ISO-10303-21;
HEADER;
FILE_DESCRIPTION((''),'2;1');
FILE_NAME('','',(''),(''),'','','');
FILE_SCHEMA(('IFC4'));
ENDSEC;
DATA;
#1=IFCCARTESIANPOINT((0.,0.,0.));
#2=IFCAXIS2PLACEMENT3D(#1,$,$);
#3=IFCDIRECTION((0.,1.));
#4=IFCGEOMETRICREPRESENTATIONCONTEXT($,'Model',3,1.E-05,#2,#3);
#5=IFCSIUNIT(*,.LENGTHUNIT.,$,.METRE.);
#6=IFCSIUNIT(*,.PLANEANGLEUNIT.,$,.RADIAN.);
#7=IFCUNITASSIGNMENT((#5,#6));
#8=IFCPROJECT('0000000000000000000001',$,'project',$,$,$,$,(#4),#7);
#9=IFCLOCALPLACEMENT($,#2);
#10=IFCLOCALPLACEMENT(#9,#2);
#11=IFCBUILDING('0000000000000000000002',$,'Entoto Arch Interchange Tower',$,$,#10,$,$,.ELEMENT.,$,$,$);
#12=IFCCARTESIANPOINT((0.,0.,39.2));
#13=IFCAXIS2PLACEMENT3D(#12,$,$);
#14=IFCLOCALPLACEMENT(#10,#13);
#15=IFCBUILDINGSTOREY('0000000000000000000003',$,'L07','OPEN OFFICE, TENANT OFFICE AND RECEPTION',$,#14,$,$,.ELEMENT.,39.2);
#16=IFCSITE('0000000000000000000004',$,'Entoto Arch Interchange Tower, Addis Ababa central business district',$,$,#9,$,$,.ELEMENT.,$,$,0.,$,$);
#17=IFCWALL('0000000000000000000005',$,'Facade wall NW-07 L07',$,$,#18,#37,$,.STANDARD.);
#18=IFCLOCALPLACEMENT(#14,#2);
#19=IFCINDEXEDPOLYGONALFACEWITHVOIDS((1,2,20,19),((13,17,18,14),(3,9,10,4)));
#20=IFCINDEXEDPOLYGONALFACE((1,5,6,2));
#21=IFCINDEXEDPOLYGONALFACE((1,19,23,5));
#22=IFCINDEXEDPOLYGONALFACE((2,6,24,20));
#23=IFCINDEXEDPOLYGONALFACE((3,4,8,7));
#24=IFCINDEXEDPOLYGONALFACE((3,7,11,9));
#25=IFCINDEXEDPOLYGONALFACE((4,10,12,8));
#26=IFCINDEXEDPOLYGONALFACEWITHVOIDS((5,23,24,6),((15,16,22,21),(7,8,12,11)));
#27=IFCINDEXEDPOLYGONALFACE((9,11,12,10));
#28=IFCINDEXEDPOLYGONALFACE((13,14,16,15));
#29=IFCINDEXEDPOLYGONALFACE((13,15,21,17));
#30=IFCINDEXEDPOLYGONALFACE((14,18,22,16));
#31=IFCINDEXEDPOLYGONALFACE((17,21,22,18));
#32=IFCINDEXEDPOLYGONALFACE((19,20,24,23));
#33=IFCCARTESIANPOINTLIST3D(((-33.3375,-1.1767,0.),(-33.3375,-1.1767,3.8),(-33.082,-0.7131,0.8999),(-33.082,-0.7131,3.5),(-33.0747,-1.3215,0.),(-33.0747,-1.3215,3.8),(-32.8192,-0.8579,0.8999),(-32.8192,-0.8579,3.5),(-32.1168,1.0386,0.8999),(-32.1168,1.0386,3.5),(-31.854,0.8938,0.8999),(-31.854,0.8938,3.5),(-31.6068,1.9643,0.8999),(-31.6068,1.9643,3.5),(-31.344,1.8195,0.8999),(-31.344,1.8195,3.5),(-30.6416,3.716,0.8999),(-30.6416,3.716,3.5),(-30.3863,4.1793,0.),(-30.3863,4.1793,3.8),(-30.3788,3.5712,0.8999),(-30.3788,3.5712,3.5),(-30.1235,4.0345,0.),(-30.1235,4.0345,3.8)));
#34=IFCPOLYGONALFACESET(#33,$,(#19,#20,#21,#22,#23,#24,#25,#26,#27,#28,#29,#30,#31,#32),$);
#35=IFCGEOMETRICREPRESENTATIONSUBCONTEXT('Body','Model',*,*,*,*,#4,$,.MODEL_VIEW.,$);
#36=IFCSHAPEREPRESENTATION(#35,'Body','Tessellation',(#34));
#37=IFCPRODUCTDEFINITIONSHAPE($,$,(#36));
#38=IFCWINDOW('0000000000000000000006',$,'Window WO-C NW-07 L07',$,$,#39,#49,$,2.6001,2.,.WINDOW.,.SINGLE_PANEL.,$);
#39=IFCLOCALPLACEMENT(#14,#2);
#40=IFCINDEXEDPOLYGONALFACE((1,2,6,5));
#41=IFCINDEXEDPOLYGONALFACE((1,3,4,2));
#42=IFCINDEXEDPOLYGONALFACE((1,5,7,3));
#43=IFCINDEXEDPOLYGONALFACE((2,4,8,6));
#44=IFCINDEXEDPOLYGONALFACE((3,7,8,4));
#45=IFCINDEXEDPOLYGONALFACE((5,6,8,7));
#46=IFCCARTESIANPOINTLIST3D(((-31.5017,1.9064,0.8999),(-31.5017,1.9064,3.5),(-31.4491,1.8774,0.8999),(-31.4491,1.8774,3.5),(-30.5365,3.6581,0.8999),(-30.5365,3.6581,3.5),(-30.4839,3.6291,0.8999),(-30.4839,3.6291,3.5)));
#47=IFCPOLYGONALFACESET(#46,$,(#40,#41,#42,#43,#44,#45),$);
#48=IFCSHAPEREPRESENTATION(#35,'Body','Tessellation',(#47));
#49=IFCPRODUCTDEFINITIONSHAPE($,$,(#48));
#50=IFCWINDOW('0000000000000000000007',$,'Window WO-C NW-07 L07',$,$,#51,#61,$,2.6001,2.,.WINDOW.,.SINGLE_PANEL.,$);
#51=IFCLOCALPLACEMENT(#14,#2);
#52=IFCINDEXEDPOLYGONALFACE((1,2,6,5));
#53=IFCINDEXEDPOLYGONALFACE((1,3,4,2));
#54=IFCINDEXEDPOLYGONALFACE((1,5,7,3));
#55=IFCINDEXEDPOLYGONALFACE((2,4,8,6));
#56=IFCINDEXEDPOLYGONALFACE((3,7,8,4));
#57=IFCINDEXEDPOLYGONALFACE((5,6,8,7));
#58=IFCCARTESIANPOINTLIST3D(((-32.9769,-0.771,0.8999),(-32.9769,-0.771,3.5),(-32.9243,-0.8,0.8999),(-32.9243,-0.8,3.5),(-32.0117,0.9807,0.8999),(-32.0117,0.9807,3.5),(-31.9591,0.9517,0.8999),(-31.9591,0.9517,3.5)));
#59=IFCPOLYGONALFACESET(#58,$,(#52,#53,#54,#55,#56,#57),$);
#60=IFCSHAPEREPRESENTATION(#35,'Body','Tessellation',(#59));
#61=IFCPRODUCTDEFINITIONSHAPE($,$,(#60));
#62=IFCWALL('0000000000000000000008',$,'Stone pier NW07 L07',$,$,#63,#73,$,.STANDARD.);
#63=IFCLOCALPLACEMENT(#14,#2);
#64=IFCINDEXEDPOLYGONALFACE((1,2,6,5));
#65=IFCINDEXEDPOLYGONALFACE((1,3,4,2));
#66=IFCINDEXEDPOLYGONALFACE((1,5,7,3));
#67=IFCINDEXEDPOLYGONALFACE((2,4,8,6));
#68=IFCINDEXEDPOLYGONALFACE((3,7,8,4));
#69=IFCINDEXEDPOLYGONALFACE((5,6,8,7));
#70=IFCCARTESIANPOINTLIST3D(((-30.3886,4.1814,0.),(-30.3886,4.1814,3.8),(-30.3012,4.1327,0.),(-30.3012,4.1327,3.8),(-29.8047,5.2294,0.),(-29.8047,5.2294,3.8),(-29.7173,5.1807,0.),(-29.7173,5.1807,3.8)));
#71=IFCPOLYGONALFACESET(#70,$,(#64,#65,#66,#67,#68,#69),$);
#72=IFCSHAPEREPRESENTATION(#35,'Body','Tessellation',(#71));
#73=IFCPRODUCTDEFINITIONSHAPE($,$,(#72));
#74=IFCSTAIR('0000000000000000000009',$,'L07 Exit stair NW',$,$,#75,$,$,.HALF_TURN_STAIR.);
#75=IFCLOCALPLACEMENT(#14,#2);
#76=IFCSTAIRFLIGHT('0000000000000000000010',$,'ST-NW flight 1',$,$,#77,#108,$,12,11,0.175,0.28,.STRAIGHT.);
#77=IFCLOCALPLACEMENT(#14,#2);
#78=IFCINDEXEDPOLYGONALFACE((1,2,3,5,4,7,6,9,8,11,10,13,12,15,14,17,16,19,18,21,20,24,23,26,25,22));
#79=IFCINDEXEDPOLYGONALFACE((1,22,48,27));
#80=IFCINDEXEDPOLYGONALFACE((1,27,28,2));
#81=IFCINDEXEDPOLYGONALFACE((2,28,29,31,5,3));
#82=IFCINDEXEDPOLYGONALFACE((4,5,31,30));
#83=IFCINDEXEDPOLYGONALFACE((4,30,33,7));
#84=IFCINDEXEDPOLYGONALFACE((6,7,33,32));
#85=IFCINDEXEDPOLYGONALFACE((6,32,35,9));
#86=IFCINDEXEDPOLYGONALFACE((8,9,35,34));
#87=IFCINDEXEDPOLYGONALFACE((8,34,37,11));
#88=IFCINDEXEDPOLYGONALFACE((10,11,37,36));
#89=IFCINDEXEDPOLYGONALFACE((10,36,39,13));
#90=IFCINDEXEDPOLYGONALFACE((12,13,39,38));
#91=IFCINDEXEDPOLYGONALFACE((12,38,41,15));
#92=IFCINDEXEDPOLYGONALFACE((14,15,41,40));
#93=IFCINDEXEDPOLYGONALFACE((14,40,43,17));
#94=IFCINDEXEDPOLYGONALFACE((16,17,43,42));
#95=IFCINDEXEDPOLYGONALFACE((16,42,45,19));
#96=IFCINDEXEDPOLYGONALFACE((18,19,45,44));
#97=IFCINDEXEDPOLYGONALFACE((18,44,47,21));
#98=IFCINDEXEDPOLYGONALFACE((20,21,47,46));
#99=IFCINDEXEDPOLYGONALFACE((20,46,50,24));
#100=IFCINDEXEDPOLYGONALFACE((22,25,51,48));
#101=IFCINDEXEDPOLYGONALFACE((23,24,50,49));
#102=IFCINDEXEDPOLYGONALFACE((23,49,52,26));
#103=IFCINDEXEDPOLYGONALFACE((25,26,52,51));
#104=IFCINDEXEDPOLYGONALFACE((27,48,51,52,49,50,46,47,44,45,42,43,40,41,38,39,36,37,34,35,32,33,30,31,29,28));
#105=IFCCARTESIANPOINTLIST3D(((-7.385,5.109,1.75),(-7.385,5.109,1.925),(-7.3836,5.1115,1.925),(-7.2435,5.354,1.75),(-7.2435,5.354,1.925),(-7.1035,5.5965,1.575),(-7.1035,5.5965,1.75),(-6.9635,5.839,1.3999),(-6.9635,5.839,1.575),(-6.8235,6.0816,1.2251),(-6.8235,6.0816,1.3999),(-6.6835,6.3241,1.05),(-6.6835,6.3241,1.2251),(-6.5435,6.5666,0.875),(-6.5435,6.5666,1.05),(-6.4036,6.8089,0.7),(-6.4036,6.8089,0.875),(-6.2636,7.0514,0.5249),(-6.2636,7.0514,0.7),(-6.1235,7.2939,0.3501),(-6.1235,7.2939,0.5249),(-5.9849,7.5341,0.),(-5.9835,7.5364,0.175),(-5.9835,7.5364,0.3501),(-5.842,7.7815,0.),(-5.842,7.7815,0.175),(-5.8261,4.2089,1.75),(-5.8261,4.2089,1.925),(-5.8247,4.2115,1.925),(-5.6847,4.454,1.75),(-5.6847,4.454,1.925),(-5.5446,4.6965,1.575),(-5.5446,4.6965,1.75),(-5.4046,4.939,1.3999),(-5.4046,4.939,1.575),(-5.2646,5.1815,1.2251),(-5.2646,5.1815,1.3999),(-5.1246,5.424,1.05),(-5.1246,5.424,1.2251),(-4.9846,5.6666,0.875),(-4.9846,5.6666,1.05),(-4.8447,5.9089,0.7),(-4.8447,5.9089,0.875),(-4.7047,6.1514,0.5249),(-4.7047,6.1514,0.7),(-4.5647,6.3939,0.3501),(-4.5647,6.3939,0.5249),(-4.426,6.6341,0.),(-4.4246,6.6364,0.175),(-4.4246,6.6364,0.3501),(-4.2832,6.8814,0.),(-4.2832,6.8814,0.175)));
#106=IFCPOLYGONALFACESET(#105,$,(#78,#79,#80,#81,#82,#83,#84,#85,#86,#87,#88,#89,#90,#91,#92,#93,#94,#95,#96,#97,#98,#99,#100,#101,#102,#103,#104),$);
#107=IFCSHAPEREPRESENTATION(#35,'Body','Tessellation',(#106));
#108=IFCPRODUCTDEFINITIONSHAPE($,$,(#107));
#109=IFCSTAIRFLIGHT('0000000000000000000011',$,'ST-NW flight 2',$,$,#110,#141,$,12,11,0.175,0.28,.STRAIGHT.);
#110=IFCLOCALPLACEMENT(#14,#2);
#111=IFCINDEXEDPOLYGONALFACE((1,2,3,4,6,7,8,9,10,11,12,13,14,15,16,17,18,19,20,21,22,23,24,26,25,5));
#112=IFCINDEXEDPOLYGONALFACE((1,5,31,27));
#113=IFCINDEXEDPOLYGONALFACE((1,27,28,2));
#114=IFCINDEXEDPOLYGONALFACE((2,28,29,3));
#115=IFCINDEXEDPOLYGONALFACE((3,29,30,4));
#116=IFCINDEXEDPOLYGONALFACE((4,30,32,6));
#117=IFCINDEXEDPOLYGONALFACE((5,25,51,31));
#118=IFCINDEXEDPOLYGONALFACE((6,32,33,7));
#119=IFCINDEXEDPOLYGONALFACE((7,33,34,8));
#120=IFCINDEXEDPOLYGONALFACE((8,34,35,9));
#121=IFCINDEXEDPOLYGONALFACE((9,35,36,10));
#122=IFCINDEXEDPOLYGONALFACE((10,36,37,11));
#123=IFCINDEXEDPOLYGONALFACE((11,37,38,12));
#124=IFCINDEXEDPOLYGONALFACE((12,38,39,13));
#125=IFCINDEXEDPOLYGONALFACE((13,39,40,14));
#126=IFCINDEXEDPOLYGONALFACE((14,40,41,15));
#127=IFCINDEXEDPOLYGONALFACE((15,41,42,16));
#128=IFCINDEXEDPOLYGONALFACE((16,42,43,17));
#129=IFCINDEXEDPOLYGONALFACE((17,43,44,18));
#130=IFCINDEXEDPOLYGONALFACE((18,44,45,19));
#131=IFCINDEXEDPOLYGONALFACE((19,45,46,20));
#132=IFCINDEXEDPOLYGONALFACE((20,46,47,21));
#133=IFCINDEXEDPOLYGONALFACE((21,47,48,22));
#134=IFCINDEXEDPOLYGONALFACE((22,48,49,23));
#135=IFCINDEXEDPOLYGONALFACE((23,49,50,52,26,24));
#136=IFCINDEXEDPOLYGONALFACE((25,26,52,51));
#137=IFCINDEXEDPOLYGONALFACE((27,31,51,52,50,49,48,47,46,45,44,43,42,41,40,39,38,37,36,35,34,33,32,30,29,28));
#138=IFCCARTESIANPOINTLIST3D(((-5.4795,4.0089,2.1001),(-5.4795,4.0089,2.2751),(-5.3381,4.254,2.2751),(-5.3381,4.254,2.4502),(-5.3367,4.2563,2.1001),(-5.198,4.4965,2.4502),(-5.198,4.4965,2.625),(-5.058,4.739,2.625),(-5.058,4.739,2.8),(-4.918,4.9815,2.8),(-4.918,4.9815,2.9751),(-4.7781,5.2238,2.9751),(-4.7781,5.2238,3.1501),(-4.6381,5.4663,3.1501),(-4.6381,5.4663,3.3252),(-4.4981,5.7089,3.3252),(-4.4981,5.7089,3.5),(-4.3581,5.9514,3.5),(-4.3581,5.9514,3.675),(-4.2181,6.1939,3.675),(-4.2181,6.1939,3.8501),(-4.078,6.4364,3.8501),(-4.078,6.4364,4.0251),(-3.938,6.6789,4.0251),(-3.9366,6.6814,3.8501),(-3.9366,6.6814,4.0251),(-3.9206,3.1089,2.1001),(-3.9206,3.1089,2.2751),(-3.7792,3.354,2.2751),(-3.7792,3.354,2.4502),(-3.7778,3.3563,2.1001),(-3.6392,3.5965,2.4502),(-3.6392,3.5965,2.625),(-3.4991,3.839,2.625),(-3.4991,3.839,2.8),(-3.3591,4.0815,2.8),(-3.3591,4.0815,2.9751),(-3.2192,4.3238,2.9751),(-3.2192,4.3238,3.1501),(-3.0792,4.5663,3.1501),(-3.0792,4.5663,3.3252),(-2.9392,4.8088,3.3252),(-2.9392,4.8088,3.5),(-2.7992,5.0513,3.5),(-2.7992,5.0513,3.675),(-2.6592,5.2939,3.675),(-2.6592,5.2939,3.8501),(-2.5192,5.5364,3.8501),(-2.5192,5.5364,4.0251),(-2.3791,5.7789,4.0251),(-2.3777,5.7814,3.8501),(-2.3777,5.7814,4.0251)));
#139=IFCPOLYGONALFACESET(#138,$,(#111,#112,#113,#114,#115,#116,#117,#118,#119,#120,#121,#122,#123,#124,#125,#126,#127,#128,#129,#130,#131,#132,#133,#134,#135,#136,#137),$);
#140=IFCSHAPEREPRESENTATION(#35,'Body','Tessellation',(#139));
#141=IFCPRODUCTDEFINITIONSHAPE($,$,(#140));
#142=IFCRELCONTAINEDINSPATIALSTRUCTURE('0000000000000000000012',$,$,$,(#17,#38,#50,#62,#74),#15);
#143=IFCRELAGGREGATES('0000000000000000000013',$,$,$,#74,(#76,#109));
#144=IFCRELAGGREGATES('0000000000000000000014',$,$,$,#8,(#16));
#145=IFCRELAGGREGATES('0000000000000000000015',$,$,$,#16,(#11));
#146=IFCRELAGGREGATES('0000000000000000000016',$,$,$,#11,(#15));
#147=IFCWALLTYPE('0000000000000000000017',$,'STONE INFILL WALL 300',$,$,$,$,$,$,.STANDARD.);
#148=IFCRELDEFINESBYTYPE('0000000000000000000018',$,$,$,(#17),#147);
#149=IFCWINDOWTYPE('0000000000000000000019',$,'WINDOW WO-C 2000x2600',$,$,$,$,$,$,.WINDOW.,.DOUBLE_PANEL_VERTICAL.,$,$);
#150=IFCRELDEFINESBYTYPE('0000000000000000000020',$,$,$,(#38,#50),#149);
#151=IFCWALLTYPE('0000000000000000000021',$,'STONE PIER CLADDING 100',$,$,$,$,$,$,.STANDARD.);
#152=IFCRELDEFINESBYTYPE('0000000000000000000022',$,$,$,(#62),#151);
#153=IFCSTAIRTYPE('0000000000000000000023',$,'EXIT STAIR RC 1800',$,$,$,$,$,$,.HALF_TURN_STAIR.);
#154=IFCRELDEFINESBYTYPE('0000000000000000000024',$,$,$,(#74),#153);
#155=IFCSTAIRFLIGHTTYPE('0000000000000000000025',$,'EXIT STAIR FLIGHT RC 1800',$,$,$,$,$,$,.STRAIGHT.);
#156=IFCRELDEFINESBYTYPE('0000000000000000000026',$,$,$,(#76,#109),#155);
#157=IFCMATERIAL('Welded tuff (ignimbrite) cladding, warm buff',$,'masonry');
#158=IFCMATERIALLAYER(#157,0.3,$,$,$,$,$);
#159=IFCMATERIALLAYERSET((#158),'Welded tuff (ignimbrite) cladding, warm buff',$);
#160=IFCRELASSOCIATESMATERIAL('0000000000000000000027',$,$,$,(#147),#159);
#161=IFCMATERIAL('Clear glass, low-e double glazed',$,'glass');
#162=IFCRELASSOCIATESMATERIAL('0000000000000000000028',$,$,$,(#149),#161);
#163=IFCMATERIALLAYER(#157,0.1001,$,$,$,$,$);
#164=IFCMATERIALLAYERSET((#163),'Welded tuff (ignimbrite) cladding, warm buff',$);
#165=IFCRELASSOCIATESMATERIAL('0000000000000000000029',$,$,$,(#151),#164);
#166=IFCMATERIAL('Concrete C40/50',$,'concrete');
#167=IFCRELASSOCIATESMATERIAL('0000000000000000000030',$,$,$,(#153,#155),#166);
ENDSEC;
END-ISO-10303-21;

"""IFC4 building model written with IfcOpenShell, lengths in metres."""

from ifc_helpers import new_model, si_unit, direction, frame, frame_2d, origin, place, context, subcontext, project, spatial, polyline, rectangle, outline, extrude, material, layer, layer_set, type_object, element, fill, aggregate, save


model = new_model("IFC4")

# Units and contexts
model_context = context("Model", 3, precision=1e-05, world=origin(), true_north=direction((0.0, 1.0)))
body_context = subcontext(model_context, "Body", "Model", "MODEL_VIEW")
ifc_project = project(units=[si_unit("LENGTHUNIT", "METRE"), si_unit("PLANEANGLEUNIT", "RADIAN")], contexts=[model_context])

# Site, building, storey
site_placement = place(None, origin())
site = spatial("IfcSite", under=ifc_project, at=site_placement, Name="Entoto Arch Interchange Tower, Addis Ababa central business district", CompositionType="ELEMENT", RefElevation=0.0)
building_placement = place(site_placement, origin())
building = spatial("IfcBuilding", under=site, at=building_placement, Name="Entoto Arch Interchange Tower", CompositionType="ELEMENT")
storey_placement = place(building_placement, frame((0.0, 0.0, 39.2)))
storey = spatial("IfcBuildingStorey", under=building, at=storey_placement, Name="L07", Description="OPEN OFFICE, TENANT OFFICE AND RECEPTION", CompositionType="ELEMENT", Elevation=39.2)

# Shared definitions
ifc_material_1 = material(Name="Concrete C40/50", Category="concrete")

# Wall, openings, windows
ifc_material_2 = material(Name="Welded tuff (ignimbrite) cladding, warm buff", Category="masonry")
ifc_layer_1 = layer(ifc_material_2, 0.3)
ifc_layer_set_1 = layer_set([ifc_layer_1], Name="Welded tuff (ignimbrite) cladding, warm buff")
wall_type_1 = type_object("IfcWallType", Name="STONE INFILL WALL 300", PredefinedType="STANDARD", material=ifc_layer_set_1)
wall_1_placement = place(storey_placement, frame((-30.2549, 4.1069, 0.0), z_axis=(0.0, 0.0, 1.0), x_axis=(-0.482596, -0.875843, 0.0)))
wall_1 = element("IfcWall", 1, at=wall_1_placement, inside=storey, type_object=wall_type_1, Name="Facade wall NW-07 L07", PredefinedType="STANDARD", context=body_context, shape_type="SweptSolid", body=[
    extrude(rectangle(XDim=6.1152, YDim=0.3, at=frame_2d((3.0576, 0.0))), origin(), (0.0, 0.0, 1.0), 3.8),
])
opening_1_placement = place(wall_1_placement, frame((0.5291, 0.0, 0.8999)))
opening_1 = element("IfcOpeningElement", 2, at=opening_1_placement, cuts=wall_1, PredefinedType="OPENING", context=body_context, shape_type="SweptSolid", body=[
    extrude(rectangle(XDim=2.0, YDim=2.6001, at=frame_2d((1.0, 1.3))), frame((0.0, 0.1602, 0.0), z_axis=(0.0, -1.0, 0.0), x_axis=(1.0, 0.0, 0.0)), (0.0, 0.0, 1.0), 0.3201),
])
opening_2_placement = place(wall_1_placement, frame((3.5859, 0.0, 0.8999)))
opening_2 = element("IfcOpeningElement", 3, at=opening_2_placement, cuts=wall_1, PredefinedType="OPENING", context=body_context, shape_type="SweptSolid", body=[
    extrude(rectangle(XDim=2.0, YDim=2.6001, at=frame_2d((1.0, 1.3))), frame((0.0, 0.1602, 0.0), z_axis=(0.0, -1.0, 0.0), x_axis=(1.0, 0.0, 0.0)), (0.0, 0.0, 1.0), 0.3201),
])
ifc_material_3 = material(Name="Clear glass, low-e double glazed", Category="glass")
window_type = type_object("IfcWindowType", Name="WINDOW WO-C 2000x2600", PartitioningType="DOUBLE_PANEL_VERTICAL", PredefinedType="WINDOW", material=ifc_material_3)
window_1_placement = place(opening_1_placement, origin())
window_1 = element("IfcWindow", 4, at=window_1_placement, inside=storey, type_object=window_type, Name="Window WO-C NW-07 L07", OverallHeight=2.6001, OverallWidth=2.0, PartitioningType="SINGLE_PANEL", PredefinedType="WINDOW", context=body_context, shape_type="SweptSolid", body=[
    extrude(rectangle(XDim=2.0, YDim=2.6001, at=frame_2d((1.0, 1.3))), frame((0.0, 0.03, 0.0), z_axis=(0.0, -1.0, 0.0), x_axis=(1.0, 0.0, 0.0)), (0.0, 0.0, 1.0), 0.0601),
])
fill(opening_1, window_1)
window_2_placement = place(opening_2_placement, origin())
window_2 = element("IfcWindow", 5, at=window_2_placement, inside=storey, type_object=window_type, Name="Window WO-C NW-07 L07", OverallHeight=2.6001, OverallWidth=2.0, PartitioningType="SINGLE_PANEL", PredefinedType="WINDOW", context=body_context, shape_type="SweptSolid", body=[
    extrude(rectangle(XDim=2.0, YDim=2.6001, at=frame_2d((1.0, 1.3))), frame((0.0, 0.03, 0.0), z_axis=(0.0, -1.0, 0.0), x_axis=(1.0, 0.0, 0.0)), (0.0, 0.0, 1.0), 0.0601),
])
fill(opening_2, window_2)

# Wall
ifc_layer_2 = layer(ifc_material_2, 0.1001)
ifc_layer_set_2 = layer_set([ifc_layer_2], Name="Welded tuff (ignimbrite) cladding, warm buff")
wall_type_2 = type_object("IfcWallType", Name="STONE PIER CLADDING 100", PredefinedType="STANDARD", material=ifc_layer_set_2)
wall_2_placement = place(storey_placement, frame((-29.761, 5.2051, 0.0), z_axis=(0.0, 0.0, 1.0), x_axis=(-0.486731, -0.873552, 0.0)))
element("IfcWall", 6, at=wall_2_placement, inside=storey, type_object=wall_type_2, Name="Stone pier NW07 L07", PredefinedType="STANDARD", context=body_context, shape_type="SweptSolid", body=[
    extrude(rectangle(XDim=1.1997, YDim=0.1001, at=frame_2d((0.5999, 0.0))), origin(), (0.0, 0.0, 1.0), 3.8),
])

# Stair, stair flights
stair_type = type_object("IfcStairType", Name="EXIT STAIR RC 1800", PredefinedType="HALF_TURN_STAIR", material=ifc_material_1)
stair_placement = place(storey_placement, origin())
stair = element("IfcStair", 7, at=stair_placement, inside=storey, type_object=stair_type, Name="L07 Exit stair NW", PredefinedType="HALF_TURN_STAIR")
stair_flight_type = type_object("IfcStairFlightType", Name="EXIT STAIR FLIGHT RC 1800", PredefinedType="STRAIGHT", material=ifc_material_1)
stair_flight_1_placement = place(storey_placement, frame((-5.064, 7.3289, 0.0), z_axis=(0.0, 0.0, 1.0), x_axis=(-0.5, -0.866025, 0.0)))
stair_flight_1 = element("IfcStairFlight", 8, at=stair_flight_1_placement, type_object=stair_flight_type, Name="ST-NW flight 1", NumberOfRisers=12, NumberOfTreads=11, PredefinedType="STRAIGHT", RiserHeight=0.175, TreadLength=0.28, context=body_context, shape_type="SweptSolid", body=[
    extrude(outline(polyline([(-0.0029, 0.0), (-0.0029, 0.175), (0.28, 0.175), (0.28, 0.3501), (0.5601, 0.3501), (0.5601, 0.5249), (0.8401, 0.5249), (0.8401, 0.7), (1.1201, 0.7), (1.1201, 0.875), (1.3999, 0.875), (1.3999, 1.05), (1.6799, 1.05), (1.6799, 1.2251), (1.96, 1.2251), (1.96, 1.3999), (2.24, 1.3999), (2.24, 1.575), (2.52, 1.575), (2.52, 1.75), (2.8, 1.75), (2.8, 1.925), (3.0801, 1.925), (3.083, 1.925), (3.083, 1.75), (0.2827, 0.0), (-0.0029, 0.0)])), frame((0.0, 0.8999, 0.0), z_axis=(0.0, -1.0, 0.0), x_axis=(1.0, 0.0, 0.0)), (0.0, 0.0, 1.0), 1.8),
])
stair_flight_2_placement = place(storey_placement, frame((-4.6987, 3.5615, 2.1001), z_axis=(0.0, 0.0, 1.0), x_axis=(0.5, 0.866025, 0.0)))
stair_flight_2 = element("IfcStairFlight", 9, at=stair_flight_2_placement, type_object=stair_flight_type, Name="ST-NW flight 2", NumberOfRisers=12, NumberOfTreads=11, PredefinedType="STRAIGHT", RiserHeight=0.175, TreadLength=0.28, context=body_context, shape_type="SweptSolid", body=[
    extrude(outline(polyline([(-0.0029, 0.0), (-0.0029, 0.175), (0.28, 0.175), (0.28, 0.3501), (0.5601, 0.3501), (0.5601, 0.5249), (0.8401, 0.5249), (0.8401, 0.7), (1.1201, 0.7), (1.1201, 0.875), (1.3999, 0.875), (1.3999, 1.05), (1.6799, 1.05), (1.6799, 1.2251), (1.96, 1.2251), (1.96, 1.3999), (2.24, 1.3999), (2.24, 1.575), (2.52, 1.575), (2.52, 1.75), (2.8, 1.75), (2.8, 1.925), (3.0801, 1.925), (3.083, 1.925), (3.083, 1.75), (0.2827, 0.0), (-0.0029, 0.0)])), frame((0.0, 0.8999, 0.0), z_axis=(0.0, -1.0, 0.0), x_axis=(1.0, 0.0, 0.0)), (0.0, 0.0, 1.0), 1.8),
])
aggregate(stair, [stair_flight_1, stair_flight_2])

save(model, "model.ifc")
